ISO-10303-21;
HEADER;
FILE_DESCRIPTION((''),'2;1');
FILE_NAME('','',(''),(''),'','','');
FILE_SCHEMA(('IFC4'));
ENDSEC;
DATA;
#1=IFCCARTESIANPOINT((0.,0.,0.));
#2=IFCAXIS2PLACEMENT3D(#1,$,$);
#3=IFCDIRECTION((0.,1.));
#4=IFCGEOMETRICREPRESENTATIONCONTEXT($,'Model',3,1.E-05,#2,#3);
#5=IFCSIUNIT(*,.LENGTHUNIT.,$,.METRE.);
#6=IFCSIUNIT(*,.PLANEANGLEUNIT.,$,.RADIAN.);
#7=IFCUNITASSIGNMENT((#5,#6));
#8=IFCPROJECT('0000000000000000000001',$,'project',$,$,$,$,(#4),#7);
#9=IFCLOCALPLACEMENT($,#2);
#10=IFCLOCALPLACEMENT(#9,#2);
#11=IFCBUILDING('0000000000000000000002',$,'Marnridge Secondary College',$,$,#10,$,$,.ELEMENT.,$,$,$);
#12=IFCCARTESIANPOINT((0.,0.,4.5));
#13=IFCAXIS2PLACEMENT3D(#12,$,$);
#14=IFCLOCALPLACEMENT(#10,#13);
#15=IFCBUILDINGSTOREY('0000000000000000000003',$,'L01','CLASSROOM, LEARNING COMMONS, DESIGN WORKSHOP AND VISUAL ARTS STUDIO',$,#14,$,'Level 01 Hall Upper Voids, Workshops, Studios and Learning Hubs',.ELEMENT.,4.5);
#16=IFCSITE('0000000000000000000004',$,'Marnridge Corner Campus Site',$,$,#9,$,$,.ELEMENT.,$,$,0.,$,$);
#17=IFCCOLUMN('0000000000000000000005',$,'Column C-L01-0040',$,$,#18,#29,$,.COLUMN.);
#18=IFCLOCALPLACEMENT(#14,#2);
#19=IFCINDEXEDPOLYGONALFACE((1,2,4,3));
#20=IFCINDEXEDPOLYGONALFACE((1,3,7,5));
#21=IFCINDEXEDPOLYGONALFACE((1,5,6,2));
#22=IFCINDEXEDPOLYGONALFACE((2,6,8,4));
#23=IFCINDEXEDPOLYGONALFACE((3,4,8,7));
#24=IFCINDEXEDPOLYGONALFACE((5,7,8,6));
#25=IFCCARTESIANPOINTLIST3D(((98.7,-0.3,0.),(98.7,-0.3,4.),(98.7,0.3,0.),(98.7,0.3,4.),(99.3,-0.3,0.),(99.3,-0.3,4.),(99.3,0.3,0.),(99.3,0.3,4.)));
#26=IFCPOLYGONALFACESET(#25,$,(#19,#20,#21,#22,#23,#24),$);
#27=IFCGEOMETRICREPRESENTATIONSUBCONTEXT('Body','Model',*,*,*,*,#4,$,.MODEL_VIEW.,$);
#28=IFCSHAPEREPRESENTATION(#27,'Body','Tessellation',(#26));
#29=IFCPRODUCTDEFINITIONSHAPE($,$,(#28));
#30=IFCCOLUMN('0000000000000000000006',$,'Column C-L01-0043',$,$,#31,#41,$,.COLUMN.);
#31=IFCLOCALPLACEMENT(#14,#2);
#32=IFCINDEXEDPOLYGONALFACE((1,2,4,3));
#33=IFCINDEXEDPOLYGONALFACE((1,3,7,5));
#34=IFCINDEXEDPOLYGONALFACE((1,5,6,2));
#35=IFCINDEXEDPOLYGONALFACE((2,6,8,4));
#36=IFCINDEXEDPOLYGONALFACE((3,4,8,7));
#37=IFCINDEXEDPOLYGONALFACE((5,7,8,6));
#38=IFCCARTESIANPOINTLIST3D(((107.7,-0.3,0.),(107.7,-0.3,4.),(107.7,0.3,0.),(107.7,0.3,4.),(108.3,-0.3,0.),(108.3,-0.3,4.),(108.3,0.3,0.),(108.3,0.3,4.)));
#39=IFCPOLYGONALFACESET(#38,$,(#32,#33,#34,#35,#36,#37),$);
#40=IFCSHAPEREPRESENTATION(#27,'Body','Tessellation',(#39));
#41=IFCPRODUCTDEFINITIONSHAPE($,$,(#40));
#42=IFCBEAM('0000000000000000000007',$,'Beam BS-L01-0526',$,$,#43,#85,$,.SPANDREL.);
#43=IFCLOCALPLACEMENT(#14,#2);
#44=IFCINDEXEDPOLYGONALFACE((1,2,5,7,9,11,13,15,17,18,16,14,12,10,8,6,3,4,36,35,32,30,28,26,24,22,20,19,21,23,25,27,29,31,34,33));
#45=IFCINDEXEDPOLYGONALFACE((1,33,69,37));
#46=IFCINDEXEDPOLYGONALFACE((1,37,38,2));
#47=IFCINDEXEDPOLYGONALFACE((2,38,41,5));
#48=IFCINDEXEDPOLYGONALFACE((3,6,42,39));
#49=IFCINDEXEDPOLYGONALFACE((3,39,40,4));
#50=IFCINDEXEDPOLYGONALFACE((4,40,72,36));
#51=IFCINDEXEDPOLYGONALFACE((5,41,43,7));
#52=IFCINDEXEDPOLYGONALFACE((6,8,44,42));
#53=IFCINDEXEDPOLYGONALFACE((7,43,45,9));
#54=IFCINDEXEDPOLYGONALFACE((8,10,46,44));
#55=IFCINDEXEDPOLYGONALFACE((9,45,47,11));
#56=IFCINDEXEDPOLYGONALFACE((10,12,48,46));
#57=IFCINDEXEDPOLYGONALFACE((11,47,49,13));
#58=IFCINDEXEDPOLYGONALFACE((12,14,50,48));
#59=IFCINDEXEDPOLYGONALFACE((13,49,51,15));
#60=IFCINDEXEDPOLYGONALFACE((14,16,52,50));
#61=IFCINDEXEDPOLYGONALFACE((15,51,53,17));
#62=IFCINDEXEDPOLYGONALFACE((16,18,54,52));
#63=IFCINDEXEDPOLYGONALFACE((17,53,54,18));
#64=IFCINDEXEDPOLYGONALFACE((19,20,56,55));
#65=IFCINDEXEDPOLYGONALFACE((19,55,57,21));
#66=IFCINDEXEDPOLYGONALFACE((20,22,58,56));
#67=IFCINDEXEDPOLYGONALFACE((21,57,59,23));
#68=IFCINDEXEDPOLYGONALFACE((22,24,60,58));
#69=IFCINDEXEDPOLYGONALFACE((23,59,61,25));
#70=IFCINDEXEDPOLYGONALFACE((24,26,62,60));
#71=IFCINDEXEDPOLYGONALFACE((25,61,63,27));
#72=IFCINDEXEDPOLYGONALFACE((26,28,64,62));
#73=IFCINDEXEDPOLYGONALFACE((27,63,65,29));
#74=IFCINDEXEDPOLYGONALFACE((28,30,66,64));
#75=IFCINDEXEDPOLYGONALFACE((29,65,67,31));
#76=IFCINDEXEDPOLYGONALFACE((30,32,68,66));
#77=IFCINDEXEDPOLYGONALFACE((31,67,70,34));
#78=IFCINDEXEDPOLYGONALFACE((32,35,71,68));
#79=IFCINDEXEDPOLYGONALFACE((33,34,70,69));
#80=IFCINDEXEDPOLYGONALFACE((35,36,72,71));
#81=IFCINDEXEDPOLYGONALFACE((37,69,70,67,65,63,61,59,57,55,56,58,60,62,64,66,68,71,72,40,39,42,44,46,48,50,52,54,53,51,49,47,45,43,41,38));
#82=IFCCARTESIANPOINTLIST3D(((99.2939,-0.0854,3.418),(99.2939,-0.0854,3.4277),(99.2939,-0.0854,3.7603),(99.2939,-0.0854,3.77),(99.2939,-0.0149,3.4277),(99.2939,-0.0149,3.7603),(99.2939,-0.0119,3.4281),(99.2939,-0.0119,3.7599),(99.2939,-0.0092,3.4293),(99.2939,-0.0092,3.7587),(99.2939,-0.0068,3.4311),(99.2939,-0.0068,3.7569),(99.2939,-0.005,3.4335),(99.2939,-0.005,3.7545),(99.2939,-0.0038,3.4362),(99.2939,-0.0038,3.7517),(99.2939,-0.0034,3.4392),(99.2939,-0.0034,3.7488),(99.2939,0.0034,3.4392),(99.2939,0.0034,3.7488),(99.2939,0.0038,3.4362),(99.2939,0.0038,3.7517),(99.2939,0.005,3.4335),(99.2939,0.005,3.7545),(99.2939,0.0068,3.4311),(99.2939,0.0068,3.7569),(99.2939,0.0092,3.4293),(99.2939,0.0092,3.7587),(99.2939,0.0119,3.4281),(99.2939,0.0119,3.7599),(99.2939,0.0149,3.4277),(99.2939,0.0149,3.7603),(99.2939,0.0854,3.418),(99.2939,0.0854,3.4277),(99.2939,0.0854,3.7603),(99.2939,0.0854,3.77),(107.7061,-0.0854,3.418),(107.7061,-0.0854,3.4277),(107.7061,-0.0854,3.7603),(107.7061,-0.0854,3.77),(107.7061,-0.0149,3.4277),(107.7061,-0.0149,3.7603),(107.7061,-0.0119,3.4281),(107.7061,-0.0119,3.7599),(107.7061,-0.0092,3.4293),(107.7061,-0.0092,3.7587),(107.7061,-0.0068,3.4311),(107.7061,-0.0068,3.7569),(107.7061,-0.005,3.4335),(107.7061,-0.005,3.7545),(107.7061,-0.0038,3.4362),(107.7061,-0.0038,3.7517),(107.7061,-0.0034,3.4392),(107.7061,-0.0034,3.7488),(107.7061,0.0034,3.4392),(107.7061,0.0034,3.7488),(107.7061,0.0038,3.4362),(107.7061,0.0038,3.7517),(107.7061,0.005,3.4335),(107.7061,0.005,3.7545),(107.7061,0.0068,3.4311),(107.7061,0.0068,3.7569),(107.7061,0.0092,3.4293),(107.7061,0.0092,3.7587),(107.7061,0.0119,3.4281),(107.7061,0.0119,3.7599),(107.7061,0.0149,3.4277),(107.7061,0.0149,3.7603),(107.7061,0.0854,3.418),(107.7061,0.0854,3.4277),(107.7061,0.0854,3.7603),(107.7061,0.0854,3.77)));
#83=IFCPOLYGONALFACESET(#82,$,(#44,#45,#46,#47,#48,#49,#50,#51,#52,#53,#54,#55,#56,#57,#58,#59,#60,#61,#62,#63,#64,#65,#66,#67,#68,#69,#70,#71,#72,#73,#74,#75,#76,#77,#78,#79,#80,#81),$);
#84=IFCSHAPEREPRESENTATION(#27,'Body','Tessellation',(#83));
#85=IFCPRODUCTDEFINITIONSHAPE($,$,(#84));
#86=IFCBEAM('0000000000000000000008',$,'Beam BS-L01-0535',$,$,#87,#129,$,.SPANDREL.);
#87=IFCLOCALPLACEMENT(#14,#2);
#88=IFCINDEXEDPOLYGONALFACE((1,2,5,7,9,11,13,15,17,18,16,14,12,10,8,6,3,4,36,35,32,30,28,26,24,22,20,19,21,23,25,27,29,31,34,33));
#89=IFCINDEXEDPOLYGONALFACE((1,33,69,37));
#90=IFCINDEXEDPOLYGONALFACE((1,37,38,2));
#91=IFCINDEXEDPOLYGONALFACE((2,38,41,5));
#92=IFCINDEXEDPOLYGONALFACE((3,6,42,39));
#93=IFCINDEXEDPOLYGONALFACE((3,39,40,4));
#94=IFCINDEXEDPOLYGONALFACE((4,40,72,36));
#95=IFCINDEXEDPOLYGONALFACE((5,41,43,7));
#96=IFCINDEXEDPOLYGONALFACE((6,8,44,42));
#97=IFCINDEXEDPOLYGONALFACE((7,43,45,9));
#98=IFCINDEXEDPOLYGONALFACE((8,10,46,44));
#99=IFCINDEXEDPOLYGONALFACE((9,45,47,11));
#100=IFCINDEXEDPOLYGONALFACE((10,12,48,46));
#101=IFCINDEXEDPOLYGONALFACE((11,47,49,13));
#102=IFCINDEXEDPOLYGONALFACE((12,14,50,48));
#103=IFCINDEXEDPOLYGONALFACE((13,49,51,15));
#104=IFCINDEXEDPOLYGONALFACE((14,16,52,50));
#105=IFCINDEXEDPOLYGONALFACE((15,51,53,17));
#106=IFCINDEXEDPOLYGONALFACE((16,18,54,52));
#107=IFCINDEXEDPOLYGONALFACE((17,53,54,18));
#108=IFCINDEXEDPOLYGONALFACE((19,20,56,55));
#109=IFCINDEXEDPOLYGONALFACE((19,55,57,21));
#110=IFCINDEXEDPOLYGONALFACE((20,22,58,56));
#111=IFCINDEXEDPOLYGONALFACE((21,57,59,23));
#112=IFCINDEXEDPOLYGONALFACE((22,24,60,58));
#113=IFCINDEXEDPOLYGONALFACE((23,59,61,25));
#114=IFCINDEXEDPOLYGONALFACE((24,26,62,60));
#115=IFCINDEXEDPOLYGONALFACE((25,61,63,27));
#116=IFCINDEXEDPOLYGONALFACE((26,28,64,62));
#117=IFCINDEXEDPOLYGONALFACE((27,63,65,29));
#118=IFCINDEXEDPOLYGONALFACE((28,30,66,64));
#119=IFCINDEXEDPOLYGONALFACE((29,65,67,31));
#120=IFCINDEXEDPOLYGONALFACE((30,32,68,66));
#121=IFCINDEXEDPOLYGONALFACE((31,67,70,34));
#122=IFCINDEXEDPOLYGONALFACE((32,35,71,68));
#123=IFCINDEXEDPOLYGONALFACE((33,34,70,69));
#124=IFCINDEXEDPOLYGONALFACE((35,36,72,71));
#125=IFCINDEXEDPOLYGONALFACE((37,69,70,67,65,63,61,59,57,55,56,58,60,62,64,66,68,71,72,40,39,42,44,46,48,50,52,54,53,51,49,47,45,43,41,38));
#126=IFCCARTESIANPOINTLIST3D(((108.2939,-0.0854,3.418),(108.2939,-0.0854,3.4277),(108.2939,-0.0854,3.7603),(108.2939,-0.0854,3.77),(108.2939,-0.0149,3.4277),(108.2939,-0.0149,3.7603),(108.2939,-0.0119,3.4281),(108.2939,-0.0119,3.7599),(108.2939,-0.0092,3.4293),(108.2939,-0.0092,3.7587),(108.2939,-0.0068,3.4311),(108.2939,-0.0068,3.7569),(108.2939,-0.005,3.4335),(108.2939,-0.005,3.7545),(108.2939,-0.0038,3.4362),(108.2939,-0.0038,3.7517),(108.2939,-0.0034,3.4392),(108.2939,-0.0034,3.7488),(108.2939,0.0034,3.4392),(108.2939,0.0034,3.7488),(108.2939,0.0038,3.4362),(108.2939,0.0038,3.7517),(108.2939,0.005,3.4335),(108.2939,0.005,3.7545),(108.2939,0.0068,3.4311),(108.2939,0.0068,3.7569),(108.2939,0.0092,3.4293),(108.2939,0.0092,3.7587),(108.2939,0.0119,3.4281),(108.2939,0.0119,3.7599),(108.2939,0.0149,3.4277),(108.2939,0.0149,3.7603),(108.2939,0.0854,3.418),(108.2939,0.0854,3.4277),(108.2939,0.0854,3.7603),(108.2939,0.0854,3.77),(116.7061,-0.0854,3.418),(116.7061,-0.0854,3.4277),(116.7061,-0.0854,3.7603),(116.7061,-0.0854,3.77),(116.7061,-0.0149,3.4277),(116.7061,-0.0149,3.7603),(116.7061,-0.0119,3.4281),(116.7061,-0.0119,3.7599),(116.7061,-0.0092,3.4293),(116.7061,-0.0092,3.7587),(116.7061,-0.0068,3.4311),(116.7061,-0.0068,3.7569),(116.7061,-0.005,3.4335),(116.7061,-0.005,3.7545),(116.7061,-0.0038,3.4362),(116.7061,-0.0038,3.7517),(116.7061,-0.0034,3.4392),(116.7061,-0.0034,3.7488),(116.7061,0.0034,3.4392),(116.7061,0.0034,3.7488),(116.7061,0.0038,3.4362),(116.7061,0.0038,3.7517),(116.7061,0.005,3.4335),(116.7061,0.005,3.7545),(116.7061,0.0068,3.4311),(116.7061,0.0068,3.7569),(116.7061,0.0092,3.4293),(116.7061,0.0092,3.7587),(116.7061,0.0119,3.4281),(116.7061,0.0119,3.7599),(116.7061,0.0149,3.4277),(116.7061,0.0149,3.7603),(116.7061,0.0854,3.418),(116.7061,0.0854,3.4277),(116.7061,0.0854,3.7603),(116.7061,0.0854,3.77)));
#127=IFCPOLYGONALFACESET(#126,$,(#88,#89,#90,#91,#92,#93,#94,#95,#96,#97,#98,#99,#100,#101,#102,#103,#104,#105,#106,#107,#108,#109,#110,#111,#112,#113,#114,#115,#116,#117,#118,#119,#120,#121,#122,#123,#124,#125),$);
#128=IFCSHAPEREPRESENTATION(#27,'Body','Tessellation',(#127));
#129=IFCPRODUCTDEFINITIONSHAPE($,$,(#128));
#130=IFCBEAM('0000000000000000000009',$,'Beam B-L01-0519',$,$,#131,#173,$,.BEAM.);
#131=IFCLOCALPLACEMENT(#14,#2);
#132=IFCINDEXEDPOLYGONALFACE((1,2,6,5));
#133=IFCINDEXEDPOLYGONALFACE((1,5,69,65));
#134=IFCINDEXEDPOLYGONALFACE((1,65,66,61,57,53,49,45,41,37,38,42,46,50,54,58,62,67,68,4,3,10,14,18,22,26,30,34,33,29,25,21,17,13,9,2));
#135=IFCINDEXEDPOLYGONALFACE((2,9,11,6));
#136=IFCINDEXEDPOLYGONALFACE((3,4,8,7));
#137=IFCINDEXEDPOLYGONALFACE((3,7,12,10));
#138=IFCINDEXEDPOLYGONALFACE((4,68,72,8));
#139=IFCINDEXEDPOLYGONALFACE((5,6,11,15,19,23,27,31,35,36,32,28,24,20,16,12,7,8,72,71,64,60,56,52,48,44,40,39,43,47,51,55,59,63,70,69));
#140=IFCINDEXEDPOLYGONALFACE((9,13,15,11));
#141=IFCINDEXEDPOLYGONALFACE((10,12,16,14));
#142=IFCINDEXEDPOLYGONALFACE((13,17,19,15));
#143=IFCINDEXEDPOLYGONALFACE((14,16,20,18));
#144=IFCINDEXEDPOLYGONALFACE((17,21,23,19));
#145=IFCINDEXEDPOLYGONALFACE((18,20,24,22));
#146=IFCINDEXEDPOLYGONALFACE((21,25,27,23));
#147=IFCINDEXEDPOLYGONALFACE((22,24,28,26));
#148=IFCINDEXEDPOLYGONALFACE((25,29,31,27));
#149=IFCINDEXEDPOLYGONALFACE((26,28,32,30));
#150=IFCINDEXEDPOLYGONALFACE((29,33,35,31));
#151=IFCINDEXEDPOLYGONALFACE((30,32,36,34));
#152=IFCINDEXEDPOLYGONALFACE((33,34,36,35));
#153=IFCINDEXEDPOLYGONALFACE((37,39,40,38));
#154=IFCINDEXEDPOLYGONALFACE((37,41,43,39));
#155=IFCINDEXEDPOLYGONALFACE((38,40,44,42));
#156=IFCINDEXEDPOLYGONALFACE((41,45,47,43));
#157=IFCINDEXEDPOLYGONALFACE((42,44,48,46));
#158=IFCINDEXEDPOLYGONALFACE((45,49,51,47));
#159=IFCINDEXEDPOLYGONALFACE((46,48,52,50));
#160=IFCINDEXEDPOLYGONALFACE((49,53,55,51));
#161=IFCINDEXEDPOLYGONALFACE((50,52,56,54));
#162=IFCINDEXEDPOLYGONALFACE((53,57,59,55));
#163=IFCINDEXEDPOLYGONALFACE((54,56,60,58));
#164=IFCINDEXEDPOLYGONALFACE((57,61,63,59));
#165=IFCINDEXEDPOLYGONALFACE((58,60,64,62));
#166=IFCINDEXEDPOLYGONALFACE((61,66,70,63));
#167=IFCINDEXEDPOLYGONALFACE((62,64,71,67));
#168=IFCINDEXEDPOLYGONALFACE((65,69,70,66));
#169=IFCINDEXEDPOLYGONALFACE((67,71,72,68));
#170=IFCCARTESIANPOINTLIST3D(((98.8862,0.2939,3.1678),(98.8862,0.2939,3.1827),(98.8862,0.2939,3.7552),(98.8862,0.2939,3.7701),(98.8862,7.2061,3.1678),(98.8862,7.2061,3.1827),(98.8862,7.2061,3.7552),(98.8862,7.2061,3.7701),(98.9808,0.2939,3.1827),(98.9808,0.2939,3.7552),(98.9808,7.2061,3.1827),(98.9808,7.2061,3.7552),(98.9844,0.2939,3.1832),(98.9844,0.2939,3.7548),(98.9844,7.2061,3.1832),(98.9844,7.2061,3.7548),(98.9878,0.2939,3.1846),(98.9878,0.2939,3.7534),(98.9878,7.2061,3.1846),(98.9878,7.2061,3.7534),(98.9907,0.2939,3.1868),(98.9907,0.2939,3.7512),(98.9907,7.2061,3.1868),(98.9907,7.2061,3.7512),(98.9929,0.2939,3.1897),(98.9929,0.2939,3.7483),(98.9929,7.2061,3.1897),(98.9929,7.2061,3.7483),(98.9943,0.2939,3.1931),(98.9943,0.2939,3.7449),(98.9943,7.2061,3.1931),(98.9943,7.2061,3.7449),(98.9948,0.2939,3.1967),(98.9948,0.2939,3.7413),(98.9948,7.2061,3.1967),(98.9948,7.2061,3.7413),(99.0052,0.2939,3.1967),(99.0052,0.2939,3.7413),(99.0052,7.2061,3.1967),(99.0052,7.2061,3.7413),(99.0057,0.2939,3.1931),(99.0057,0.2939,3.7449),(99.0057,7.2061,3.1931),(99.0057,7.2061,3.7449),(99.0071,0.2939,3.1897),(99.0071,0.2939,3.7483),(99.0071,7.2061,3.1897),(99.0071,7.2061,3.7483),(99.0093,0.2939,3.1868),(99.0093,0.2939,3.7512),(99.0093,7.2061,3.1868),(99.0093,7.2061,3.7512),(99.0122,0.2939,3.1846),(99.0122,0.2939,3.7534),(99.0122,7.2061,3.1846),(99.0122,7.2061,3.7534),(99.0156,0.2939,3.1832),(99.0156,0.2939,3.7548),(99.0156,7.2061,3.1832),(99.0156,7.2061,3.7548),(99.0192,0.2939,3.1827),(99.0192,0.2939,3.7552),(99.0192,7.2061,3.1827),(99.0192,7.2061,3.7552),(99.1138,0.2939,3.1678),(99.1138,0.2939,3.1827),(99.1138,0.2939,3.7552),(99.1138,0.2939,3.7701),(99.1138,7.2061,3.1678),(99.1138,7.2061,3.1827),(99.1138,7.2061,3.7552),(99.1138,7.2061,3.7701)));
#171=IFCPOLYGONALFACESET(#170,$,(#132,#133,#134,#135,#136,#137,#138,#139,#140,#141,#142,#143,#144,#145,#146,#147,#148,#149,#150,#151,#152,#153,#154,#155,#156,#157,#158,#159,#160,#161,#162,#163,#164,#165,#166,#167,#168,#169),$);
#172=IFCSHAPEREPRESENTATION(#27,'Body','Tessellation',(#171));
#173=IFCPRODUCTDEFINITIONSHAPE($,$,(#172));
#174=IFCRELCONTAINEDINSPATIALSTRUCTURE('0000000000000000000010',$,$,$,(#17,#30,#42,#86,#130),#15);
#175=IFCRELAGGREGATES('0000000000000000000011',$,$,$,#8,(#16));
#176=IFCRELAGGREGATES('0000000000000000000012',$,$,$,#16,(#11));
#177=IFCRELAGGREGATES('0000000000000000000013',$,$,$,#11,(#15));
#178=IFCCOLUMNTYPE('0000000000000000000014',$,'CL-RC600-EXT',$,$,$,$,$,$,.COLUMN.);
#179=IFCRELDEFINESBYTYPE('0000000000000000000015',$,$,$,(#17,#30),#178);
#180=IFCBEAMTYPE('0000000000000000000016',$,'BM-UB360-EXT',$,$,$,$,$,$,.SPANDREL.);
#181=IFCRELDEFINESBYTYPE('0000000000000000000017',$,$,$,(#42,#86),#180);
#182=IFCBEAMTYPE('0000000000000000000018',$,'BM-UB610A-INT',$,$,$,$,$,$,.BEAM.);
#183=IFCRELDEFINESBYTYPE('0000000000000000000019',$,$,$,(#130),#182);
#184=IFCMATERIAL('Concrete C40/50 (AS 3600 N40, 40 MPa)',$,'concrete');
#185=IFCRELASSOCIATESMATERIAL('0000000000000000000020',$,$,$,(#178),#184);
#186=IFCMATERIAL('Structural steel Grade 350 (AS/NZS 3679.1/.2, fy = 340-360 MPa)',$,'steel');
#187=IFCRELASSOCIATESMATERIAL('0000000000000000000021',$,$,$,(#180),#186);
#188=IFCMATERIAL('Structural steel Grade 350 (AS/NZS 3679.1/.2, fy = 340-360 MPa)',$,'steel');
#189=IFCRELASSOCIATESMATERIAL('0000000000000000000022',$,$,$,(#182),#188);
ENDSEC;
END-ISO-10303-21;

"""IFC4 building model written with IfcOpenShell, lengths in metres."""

from ifc_helpers import new_model, si_unit, direction, frame, origin, origin_2d, place, context, subcontext, project, spatial, rectangle, i_section, extrude, material, material_profile, profile_set, type_object, element, save


model = new_model("IFC4")

# Units and contexts
model_context = context("Model", 3, precision=1e-05, world=origin(), true_north=direction((0.0, 1.0)))
body_context = subcontext(model_context, "Body", "Model", "MODEL_VIEW")
ifc_project = project(units=[si_unit("LENGTHUNIT", "METRE"), si_unit("PLANEANGLEUNIT", "RADIAN")], contexts=[model_context])

# Site, building, storey
site_placement = place(None, origin())
site = spatial("IfcSite", under=ifc_project, at=site_placement, Name="Marnridge Corner Campus Site", CompositionType="ELEMENT", RefElevation=0.0)
building_placement = place(site_placement, origin())
building = spatial("IfcBuilding", under=site, at=building_placement, Name="Marnridge Secondary College", CompositionType="ELEMENT")
storey_placement = place(building_placement, frame((0.0, 0.0, 4.5)))
storey = spatial("IfcBuildingStorey", under=building, at=storey_placement, Name="L01", Description="CLASSROOM, LEARNING COMMONS, DESIGN WORKSHOP AND VISUAL ARTS STUDIO", LongName="Level 01 Hall Upper Voids, Workshops, Studios and Learning Hubs", CompositionType="ELEMENT", Elevation=4.5)

# Columns
ifc_material_1 = material(Name="Concrete C40/50 (AS 3600 N40, 40 MPa)", Category="concrete")
ifc_material_profile_1 = material_profile(ifc_material_1, rectangle(XDim=0.6001, YDim=0.6001, at=origin_2d()), Name="RC 600x600")
ifc_profile_set_1 = profile_set([ifc_material_profile_1], Name="Concrete C40/50 (AS 3600 N40, 40 MPa)")
column_type = type_object("IfcColumnType", Name="CL-RC600-EXT", PredefinedType="COLUMN", material=ifc_profile_set_1)
for number, where, z_axis, x_axis, name in (
    (1, (99.0, 0.0, 0.0), (0.0, 0.0, 1.0), (1.0, 0.0, 0.0), "Column C-L01-0040"),
    (2, (108.0, 0.0, 0.0), (0.0, 0.0, 1.0), (1.0, 0.0, 0.0), "Column C-L01-0043"),
):
    element("IfcColumn", number, at=place(storey_placement, frame(where, z_axis=z_axis, x_axis=x_axis)), inside=storey, type_object=column_type, Name=name, PredefinedType="COLUMN", context=body_context, shape_type="SweptSolid", body=[
        extrude(rectangle(XDim=0.6001, YDim=0.6001, at=origin_2d()), origin(), (0.0, 0.0, 1.0), 4.0),
    ])

# Beams
ifc_material_2 = material(Name="Structural steel Grade 350 (AS/NZS 3679.1/.2, fy = 340-360 MPa)", Category="steel")
ifc_material_profile_2 = material_profile(ifc_material_2, i_section(OverallWidth=0.1709, OverallDepth=0.3521, WebThickness=0.0068, FlangeThickness=0.0098, FilletRadius=0.0115, at=origin_2d()), Name="360UB44.7")
ifc_profile_set_2 = profile_set([ifc_material_profile_2], Name="Structural steel Grade 350 (AS/NZS 3679.1/.2, fy = 340-360 MPa)")
beam_type_1 = type_object("IfcBeamType", Name="BM-UB360-EXT", PredefinedType="SPANDREL", material=ifc_profile_set_2)
for number, where, z_axis, x_axis, name in (
    (3, (99.2939, 0.0, 3.594), (1.0, 0.0, 0.0), (0.0, 1.0, 0.0), "Beam BS-L01-0526"),
    (4, (108.2939, 0.0, 3.594), (1.0, 0.0, 0.0), (0.0, 1.0, 0.0), "Beam BS-L01-0535"),
):
    element("IfcBeam", number, at=place(storey_placement, frame(where, z_axis=z_axis, x_axis=x_axis)), inside=storey, type_object=beam_type_1, Name=name, PredefinedType="SPANDREL", context=body_context, shape_type="SweptSolid", body=[
        extrude(i_section(OverallWidth=0.1709, OverallDepth=0.3521, WebThickness=0.0068, FlangeThickness=0.0098, FilletRadius=0.0115, at=origin_2d()), origin(), (0.0, 0.0, 1.0), 8.4121),
    ])
ifc_material_3 = material(Name="Structural steel Grade 350 (AS/NZS 3679.1/.2, fy = 340-360 MPa)", Category="steel")
ifc_material_profile_3 = material_profile(ifc_material_3, i_section(OverallWidth=0.2275, OverallDepth=0.6023, WebThickness=0.0105, FlangeThickness=0.0149, FilletRadius=0.0139, at=origin_2d()), Name="610UB101")
ifc_profile_set_3 = profile_set([ifc_material_profile_3], Name="Structural steel Grade 350 (AS/NZS 3679.1/.2, fy = 340-360 MPa)")
beam_type_2 = type_object("IfcBeamType", Name="BM-UB610A-INT", PredefinedType="BEAM", material=ifc_profile_set_3)
beam_1_placement = place(storey_placement, frame((99.0, 0.2939, 3.469), z_axis=(0.0, 1.0, 0.0), x_axis=(-1.0, 0.0, 0.0)))
element("IfcBeam", 5, at=beam_1_placement, inside=storey, type_object=beam_type_2, Name="Beam B-L01-0519", PredefinedType="BEAM", context=body_context, shape_type="SweptSolid", body=[
    extrude(i_section(OverallWidth=0.2275, OverallDepth=0.6023, WebThickness=0.0105, FlangeThickness=0.0149, FilletRadius=0.0139, at=origin_2d()), origin(), (0.0, 0.0, 1.0), 6.9121),
])

save(model, "model.ifc")
